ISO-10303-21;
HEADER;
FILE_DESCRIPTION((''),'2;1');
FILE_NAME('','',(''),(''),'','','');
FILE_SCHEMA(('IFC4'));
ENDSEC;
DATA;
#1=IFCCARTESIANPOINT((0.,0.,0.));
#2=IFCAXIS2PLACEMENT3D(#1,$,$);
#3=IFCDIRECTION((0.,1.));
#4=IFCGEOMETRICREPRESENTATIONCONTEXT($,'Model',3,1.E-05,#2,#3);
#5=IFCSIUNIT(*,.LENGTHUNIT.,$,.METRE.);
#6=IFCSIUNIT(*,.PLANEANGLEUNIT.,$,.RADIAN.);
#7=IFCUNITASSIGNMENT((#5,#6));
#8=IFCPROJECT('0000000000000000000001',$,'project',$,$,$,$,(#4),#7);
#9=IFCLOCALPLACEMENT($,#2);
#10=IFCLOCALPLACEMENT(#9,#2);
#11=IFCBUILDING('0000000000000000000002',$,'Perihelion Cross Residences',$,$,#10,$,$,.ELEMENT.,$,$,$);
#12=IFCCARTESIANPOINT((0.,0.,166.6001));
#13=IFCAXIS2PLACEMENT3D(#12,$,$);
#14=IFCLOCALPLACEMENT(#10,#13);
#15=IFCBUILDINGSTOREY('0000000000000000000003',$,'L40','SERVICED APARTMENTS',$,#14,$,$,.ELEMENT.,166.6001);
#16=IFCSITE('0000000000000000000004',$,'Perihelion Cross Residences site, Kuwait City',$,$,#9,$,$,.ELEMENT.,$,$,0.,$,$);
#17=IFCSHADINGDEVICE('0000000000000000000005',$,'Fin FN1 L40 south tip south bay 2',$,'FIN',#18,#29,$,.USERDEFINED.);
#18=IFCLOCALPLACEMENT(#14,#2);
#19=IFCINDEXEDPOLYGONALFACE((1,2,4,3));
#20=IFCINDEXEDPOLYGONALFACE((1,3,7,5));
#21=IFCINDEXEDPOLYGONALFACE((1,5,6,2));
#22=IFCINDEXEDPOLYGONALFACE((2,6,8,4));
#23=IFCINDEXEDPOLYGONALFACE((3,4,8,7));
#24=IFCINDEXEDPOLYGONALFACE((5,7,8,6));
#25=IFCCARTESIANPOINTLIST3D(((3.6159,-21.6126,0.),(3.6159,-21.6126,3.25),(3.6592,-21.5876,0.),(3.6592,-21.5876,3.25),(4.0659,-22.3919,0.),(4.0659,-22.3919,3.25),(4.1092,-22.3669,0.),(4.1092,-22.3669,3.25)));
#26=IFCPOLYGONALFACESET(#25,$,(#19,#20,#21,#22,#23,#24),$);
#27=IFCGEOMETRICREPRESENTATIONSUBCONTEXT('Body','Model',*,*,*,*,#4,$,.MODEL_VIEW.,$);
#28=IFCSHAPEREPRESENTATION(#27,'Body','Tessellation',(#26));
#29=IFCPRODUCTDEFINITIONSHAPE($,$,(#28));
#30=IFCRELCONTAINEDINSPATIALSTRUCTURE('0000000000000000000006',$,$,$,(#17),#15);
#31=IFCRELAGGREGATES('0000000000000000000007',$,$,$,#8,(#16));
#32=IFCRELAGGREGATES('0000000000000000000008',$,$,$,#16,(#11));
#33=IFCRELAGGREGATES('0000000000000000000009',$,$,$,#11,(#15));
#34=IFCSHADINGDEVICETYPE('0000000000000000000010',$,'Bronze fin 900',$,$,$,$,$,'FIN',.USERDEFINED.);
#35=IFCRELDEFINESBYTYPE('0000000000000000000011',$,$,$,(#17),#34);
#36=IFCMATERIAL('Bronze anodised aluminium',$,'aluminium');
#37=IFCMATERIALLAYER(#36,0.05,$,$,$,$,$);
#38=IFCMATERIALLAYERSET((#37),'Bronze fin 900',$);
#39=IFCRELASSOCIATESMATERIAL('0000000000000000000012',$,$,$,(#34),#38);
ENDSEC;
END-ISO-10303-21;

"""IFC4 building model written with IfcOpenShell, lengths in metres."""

from ifc_helpers import new_model, si_unit, direction, frame, origin, origin_2d, place, context, subcontext, project, spatial, rectangle, extrude, material, layer, layer_set, type_object, element, save


model = new_model("IFC4")

# Units and contexts
model_context = context("Model", 3, precision=1e-05, world=origin(), true_north=direction((0.0, 1.0)))
body_context = subcontext(model_context, "Body", "Model", "MODEL_VIEW")
ifc_project = project(units=[si_unit("LENGTHUNIT", "METRE"), si_unit("PLANEANGLEUNIT", "RADIAN")], contexts=[model_context])

# Site, building, storey
site_placement = place(None, origin())
site = spatial("IfcSite", under=ifc_project, at=site_placement, Name="Perihelion Cross Residences site, Kuwait City", CompositionType="ELEMENT", RefElevation=0.0)
building_placement = place(site_placement, origin())
building = spatial("IfcBuilding", under=site, at=building_placement, Name="Perihelion Cross Residences", CompositionType="ELEMENT")
storey_placement = place(building_placement, frame((0.0, 0.0, 166.6001)))
storey = spatial("IfcBuildingStorey", under=building, at=storey_placement, Name="L40", Description="SERVICED APARTMENTS", CompositionType="ELEMENT", Elevation=166.6001)

# Shading device
ifc_material_1 = material(Name="Bronze anodised aluminium", Category="aluminium")
ifc_layer_1 = layer(ifc_material_1, 0.05)
ifc_layer_set_1 = layer_set([ifc_layer_1], Name="Bronze fin 900")
shading_device_type = type_object("IfcShadingDeviceType", Name="Bronze fin 900", ElementType="FIN", PredefinedType="USERDEFINED", material=ifc_layer_set_1)
shading_device_placement = place(storey_placement, frame((3.8625, -21.9897, 0.0), z_axis=(0.0, 0.0, 1.0), x_axis=(0.5, -0.866025, 0.0)))
element("IfcShadingDevice", 1, at=shading_device_placement, inside=storey, type_object=shading_device_type, Name="Fin FN1 L40 south tip south bay 2", ObjectType="FIN", PredefinedType="USERDEFINED", context=body_context, shape_type="SweptSolid", body=[
    extrude(rectangle(XDim=0.8999, YDim=0.05, at=origin_2d()), origin(), (0.0, 0.0, 1.0), 3.25),
])

save(model, "model.ifc")
